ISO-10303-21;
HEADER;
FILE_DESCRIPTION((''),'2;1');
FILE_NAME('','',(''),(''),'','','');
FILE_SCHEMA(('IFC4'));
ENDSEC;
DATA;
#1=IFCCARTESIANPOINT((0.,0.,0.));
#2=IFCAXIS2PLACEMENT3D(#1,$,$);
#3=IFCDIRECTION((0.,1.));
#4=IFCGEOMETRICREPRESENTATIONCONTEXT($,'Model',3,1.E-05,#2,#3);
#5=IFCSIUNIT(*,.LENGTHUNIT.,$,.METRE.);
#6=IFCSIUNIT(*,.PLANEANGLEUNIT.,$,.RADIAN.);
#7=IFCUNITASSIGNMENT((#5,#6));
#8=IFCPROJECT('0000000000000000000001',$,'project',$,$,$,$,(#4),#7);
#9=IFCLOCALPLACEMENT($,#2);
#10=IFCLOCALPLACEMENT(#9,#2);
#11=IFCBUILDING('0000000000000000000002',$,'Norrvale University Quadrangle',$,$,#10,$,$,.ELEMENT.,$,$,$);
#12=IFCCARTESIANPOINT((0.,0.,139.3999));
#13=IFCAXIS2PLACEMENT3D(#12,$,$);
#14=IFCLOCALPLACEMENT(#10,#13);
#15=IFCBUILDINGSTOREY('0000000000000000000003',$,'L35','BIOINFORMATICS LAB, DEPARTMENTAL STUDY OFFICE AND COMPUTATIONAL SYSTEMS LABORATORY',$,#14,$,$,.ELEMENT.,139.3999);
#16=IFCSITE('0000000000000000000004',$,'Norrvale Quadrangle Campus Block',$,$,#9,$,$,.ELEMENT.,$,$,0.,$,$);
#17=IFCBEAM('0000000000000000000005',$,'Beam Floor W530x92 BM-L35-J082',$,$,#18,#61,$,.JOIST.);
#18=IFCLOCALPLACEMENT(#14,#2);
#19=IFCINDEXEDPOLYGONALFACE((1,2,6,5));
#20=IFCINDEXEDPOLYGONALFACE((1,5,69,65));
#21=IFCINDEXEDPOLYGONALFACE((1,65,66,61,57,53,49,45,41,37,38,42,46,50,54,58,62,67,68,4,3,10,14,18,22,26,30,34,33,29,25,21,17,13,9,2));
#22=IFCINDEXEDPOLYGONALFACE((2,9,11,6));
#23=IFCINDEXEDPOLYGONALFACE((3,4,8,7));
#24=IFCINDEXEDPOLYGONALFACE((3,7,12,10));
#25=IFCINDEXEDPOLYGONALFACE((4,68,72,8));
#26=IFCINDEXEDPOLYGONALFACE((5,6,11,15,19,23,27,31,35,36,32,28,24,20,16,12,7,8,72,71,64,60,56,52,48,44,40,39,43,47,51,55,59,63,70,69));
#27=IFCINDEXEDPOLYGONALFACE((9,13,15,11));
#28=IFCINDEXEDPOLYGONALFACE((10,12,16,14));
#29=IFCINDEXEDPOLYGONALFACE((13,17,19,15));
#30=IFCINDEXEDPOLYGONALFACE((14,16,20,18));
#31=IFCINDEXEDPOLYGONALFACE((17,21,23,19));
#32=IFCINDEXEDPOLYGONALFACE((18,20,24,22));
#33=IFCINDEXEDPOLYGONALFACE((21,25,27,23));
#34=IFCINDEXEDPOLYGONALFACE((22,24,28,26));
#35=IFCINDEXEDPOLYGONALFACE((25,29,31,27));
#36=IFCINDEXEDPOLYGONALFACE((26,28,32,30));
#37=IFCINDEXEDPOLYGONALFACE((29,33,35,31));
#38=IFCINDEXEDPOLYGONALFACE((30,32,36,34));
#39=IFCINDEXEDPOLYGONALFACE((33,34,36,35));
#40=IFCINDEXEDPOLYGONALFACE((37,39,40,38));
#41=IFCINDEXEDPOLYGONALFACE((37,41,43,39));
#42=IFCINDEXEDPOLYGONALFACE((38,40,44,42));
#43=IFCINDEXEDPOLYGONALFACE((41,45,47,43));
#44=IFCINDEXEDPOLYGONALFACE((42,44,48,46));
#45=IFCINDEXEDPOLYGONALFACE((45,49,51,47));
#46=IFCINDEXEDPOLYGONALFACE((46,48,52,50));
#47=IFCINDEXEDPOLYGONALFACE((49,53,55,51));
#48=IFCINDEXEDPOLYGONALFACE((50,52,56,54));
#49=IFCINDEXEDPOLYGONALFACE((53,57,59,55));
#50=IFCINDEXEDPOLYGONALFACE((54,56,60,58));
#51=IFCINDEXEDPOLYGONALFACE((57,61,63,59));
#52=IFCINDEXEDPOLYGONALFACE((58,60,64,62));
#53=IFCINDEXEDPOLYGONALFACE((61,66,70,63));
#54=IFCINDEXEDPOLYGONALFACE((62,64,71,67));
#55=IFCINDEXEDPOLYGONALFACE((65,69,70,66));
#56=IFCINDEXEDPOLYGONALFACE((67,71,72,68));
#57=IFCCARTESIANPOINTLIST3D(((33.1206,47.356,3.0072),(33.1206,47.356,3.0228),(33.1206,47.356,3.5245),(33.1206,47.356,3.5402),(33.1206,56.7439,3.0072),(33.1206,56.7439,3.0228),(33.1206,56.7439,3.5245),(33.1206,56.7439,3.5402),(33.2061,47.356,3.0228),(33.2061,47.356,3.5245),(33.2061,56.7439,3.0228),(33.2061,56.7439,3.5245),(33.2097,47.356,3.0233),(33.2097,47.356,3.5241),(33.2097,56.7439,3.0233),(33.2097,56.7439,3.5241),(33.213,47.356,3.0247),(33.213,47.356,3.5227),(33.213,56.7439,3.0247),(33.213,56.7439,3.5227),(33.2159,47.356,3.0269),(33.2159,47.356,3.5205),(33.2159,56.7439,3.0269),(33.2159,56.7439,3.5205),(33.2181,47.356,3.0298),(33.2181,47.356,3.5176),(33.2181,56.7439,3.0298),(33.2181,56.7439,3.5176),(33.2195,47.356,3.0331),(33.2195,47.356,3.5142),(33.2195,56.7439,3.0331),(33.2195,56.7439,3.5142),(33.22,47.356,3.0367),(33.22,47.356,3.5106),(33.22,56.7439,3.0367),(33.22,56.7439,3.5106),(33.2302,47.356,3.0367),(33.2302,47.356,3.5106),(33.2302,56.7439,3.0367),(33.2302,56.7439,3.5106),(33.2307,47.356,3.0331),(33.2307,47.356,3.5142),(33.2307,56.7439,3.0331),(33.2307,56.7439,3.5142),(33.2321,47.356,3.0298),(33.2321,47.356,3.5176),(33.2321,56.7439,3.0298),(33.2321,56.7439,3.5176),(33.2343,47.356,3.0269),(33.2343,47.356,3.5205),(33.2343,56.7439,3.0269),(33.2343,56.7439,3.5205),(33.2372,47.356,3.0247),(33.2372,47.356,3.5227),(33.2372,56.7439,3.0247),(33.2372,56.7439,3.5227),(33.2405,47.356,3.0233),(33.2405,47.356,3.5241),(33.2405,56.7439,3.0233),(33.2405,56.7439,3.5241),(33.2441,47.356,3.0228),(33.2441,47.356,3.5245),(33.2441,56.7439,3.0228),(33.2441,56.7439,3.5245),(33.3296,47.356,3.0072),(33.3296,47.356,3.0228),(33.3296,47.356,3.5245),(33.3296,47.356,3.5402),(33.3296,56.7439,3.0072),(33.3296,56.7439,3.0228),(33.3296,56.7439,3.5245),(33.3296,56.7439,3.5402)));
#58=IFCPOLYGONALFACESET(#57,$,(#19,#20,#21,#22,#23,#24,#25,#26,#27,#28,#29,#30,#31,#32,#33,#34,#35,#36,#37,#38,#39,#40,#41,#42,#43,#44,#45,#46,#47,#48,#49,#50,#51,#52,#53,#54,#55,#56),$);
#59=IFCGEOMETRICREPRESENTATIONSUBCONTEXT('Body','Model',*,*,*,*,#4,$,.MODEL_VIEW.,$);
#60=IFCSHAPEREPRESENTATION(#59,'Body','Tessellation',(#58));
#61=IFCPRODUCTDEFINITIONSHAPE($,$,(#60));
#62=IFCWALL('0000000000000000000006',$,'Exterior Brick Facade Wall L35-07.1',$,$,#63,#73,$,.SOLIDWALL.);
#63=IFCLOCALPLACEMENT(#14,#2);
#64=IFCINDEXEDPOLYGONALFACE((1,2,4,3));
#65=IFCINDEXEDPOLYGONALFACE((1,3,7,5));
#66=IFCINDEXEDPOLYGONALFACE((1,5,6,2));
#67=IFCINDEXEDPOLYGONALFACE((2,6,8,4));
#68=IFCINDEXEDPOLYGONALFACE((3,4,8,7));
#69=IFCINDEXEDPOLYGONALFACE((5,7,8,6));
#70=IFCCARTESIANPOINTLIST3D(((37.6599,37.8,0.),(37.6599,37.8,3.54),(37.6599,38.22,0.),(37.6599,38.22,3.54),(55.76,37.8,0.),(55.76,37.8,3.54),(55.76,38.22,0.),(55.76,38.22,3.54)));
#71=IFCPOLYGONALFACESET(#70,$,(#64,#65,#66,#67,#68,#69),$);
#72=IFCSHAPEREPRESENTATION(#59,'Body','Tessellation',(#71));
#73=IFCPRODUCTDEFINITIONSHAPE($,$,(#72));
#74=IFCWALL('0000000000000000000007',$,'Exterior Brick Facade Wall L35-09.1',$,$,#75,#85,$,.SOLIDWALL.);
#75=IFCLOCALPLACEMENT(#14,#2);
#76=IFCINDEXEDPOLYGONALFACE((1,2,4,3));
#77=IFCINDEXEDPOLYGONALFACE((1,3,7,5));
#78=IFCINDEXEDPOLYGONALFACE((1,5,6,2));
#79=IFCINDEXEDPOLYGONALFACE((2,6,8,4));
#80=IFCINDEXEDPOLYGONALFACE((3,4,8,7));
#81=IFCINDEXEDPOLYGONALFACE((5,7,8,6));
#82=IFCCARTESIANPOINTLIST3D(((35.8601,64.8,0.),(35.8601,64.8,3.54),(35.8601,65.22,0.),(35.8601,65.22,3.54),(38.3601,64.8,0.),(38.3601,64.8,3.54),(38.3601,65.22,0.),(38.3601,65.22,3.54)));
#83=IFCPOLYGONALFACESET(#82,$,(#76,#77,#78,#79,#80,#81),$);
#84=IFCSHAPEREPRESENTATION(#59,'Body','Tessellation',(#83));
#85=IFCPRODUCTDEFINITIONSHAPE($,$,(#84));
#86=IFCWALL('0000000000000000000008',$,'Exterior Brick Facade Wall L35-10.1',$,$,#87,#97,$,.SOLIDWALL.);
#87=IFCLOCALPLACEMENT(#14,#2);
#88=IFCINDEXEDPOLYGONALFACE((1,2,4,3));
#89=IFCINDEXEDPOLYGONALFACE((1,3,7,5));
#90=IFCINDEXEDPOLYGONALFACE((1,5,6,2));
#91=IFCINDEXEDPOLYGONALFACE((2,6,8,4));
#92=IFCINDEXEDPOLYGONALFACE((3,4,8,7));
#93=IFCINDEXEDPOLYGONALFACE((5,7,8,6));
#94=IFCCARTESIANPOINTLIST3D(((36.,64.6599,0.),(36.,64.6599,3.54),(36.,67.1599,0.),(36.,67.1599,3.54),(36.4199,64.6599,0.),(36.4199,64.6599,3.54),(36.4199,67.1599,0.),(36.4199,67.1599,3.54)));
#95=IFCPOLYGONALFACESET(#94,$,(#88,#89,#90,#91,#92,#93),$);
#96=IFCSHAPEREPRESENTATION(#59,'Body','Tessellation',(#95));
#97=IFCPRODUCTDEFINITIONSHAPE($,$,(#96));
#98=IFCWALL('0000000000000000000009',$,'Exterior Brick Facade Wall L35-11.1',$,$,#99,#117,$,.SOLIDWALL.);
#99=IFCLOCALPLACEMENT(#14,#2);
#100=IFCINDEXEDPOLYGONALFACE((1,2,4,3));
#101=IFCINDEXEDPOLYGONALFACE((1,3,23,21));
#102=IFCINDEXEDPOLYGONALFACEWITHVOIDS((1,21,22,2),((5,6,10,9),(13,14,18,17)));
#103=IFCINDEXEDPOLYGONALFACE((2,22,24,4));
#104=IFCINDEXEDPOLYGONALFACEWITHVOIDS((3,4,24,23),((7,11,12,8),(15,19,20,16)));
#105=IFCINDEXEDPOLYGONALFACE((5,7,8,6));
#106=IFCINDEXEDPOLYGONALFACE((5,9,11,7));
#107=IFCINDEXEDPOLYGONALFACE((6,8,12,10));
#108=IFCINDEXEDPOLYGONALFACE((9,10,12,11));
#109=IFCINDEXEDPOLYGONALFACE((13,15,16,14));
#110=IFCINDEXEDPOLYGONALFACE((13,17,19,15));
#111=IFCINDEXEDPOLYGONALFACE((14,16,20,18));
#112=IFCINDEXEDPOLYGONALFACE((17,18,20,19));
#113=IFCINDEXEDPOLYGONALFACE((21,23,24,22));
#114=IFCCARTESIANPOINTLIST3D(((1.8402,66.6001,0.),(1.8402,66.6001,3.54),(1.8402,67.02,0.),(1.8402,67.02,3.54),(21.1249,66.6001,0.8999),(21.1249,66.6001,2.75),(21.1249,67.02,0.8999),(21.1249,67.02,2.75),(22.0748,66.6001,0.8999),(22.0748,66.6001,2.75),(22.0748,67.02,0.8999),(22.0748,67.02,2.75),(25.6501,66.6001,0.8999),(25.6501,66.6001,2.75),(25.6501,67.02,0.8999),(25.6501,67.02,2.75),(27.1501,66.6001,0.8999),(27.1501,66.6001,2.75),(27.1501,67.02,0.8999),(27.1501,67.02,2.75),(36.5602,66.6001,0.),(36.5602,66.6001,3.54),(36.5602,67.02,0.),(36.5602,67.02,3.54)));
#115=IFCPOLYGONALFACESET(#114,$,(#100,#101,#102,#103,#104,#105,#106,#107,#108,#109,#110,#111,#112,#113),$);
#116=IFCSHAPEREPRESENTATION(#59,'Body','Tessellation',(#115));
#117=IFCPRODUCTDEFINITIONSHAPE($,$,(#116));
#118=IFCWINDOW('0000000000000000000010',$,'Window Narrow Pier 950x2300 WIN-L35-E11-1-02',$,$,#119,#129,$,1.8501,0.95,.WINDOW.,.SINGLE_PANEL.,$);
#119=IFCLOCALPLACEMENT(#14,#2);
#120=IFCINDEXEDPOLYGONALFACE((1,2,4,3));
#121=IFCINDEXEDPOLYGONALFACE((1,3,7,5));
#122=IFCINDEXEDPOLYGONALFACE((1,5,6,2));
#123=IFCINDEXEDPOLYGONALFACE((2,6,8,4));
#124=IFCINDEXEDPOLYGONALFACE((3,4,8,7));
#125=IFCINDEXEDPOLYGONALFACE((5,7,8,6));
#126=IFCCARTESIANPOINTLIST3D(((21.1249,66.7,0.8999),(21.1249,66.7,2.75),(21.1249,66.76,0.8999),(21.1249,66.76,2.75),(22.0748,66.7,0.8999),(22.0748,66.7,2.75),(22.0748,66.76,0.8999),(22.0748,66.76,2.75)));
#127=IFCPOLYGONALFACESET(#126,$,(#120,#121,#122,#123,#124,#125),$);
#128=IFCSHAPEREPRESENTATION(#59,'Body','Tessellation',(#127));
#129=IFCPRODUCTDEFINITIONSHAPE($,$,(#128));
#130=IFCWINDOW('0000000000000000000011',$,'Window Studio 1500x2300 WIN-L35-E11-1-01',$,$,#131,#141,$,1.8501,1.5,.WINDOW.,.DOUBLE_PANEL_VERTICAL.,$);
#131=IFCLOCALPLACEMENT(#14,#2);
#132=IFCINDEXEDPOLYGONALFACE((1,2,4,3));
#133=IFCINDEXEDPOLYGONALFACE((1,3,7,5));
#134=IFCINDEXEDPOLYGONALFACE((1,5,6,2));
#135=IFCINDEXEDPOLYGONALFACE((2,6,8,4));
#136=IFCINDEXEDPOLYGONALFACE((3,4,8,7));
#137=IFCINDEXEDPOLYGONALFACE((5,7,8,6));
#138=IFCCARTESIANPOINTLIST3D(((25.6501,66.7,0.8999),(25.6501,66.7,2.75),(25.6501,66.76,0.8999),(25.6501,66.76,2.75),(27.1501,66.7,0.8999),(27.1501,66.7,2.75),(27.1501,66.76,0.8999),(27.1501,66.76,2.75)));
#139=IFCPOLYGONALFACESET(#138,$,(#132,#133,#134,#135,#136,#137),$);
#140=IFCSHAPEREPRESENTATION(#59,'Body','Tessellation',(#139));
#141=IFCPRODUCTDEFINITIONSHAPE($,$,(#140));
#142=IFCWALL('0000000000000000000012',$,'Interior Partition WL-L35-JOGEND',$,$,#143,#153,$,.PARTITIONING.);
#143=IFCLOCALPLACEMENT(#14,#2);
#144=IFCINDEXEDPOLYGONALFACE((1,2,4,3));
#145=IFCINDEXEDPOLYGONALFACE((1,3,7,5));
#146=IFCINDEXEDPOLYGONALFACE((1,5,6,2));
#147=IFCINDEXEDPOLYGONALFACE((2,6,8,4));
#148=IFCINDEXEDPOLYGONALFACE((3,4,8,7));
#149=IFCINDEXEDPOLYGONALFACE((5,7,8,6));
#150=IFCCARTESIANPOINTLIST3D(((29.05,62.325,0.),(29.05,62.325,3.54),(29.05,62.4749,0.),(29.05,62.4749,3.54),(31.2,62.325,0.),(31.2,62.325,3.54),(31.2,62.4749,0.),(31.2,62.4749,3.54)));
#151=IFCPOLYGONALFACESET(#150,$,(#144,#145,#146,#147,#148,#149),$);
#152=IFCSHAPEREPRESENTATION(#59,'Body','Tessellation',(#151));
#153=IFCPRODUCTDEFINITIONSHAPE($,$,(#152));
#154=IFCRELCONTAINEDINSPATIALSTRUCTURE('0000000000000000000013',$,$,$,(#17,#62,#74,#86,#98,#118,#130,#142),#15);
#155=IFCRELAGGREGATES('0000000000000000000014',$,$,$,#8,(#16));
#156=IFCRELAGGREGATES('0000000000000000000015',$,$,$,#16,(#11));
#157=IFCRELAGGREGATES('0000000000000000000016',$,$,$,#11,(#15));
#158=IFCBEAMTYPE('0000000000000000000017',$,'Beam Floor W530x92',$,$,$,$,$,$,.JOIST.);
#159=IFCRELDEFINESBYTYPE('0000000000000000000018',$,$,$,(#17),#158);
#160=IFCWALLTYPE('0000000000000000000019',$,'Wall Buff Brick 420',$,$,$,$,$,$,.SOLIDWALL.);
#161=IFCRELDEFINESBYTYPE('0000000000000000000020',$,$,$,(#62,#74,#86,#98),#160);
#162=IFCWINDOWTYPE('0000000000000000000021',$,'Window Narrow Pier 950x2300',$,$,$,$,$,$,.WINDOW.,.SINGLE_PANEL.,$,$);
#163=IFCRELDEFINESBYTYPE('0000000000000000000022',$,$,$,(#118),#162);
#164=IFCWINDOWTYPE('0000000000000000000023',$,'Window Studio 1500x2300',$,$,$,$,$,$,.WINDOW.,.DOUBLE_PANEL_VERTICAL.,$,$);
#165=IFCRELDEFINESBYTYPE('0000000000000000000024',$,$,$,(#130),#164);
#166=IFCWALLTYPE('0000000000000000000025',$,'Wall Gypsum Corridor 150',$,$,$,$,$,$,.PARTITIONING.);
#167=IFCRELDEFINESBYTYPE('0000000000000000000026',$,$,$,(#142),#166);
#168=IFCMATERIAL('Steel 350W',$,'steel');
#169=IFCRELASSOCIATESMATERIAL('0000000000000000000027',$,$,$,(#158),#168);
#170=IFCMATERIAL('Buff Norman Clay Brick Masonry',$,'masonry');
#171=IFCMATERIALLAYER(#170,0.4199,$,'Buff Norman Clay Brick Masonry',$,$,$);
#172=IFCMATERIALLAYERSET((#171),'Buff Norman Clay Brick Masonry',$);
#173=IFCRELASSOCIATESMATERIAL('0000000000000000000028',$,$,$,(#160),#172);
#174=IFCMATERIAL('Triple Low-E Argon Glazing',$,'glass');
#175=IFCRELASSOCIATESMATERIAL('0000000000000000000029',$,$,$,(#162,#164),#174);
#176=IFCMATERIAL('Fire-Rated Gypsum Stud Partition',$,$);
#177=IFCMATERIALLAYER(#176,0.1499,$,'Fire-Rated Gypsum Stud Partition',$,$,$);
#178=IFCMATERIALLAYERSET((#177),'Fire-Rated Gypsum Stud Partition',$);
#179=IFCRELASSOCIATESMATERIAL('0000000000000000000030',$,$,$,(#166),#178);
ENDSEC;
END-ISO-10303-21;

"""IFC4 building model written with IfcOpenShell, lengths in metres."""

from ifc_helpers import new_model, si_unit, direction, frame, frame_2d, origin, origin_2d, place, context, subcontext, project, spatial, rectangle, i_section, extrude, material, layer, layer_set, material_profile, profile_set, type_object, element, fill, save


model = new_model("IFC4")

# Units and contexts
model_context = context("Model", 3, precision=1e-05, world=origin(), true_north=direction((0.0, 1.0)))
body_context = subcontext(model_context, "Body", "Model", "MODEL_VIEW")
ifc_project = project(units=[si_unit("LENGTHUNIT", "METRE"), si_unit("PLANEANGLEUNIT", "RADIAN")], contexts=[model_context])

# Site, building, storey
site_placement = place(None, origin())
site = spatial("IfcSite", under=ifc_project, at=site_placement, Name="Norrvale Quadrangle Campus Block", CompositionType="ELEMENT", RefElevation=0.0)
building_placement = place(site_placement, origin())
building = spatial("IfcBuilding", under=site, at=building_placement, Name="Norrvale University Quadrangle", CompositionType="ELEMENT")
storey_placement = place(building_placement, frame((0.0, 0.0, 139.3999)))
storey = spatial("IfcBuildingStorey", under=building, at=storey_placement, Name="L35", Description="BIOINFORMATICS LAB, DEPARTMENTAL STUDY OFFICE AND COMPUTATIONAL SYSTEMS LABORATORY", CompositionType="ELEMENT", Elevation=139.3999)

# Beam
ifc_material_1 = material(Name="Steel 350W", Category="steel")
ifc_material_profile_1 = material_profile(ifc_material_1, i_section(OverallWidth=0.209, OverallDepth=0.533, WebThickness=0.0103, FlangeThickness=0.0156, FilletRadius=0.0139, at=origin_2d()), Name="Steel 350W")
ifc_profile_set_1 = profile_set([ifc_material_profile_1], Name="Steel 350W")
beam_type_1 = type_object("IfcBeamType", Name="Beam Floor W530x92", PredefinedType="JOIST", material=ifc_profile_set_1)
for number, where, z_axis, x_axis, name in (
    (1, (33.2251, 47.356, 3.2737), (0.0, 1.0, 0.0), (-1.0, 0.0, 0.0), "Beam Floor W530x92 BM-L35-J082"),
):
    element("IfcBeam", number, at=place(storey_placement, frame(where, z_axis=z_axis, x_axis=x_axis)), inside=storey, type_object=beam_type_1, Name=name, PredefinedType="JOIST", context=body_context, shape_type="SweptSolid", body=[
        extrude(i_section(OverallWidth=0.209, OverallDepth=0.533, WebThickness=0.0103, FlangeThickness=0.0156, FilletRadius=0.0139, at=origin_2d()), origin(), (0.0, 0.0, 1.0), 9.3879),
    ])

# Walls
ifc_material_2 = material(Name="Buff Norman Clay Brick Masonry", Category="masonry")
ifc_layer_1 = layer(ifc_material_2, 0.4199, Name="Buff Norman Clay Brick Masonry")
ifc_layer_set_1 = layer_set([ifc_layer_1], Name="Buff Norman Clay Brick Masonry")
wall_type_1 = type_object("IfcWallType", Name="Wall Buff Brick 420", PredefinedType="SOLIDWALL", material=ifc_layer_set_1)
wall_1_placement = place(storey_placement, frame((55.76, 38.01, 0.0), z_axis=(0.0, 0.0, 1.0), x_axis=(-1.0, 0.0, 0.0)))
element("IfcWall", 2, at=wall_1_placement, inside=storey, type_object=wall_type_1, Name="Exterior Brick Facade Wall L35-07.1", PredefinedType="SOLIDWALL", context=body_context, shape_type="SweptSolid", body=[
    extrude(rectangle(XDim=18.1001, YDim=0.4199, at=frame_2d((9.05, 0.0))), origin(), (0.0, 0.0, 1.0), 3.54),
])
for number, where, z_axis, x_axis, name in (
    (3, (38.3601, 65.01, 0.0), (0.0, 0.0, 1.0), (-1.0, 0.0, 0.0), "Exterior Brick Facade Wall L35-09.1"),
    (4, (36.21, 64.6599, 0.0), (0.0, 0.0, 1.0), (0.0, 1.0, 0.0), "Exterior Brick Facade Wall L35-10.1"),
):
    element("IfcWall", number, at=place(storey_placement, frame(where, z_axis=z_axis, x_axis=x_axis)), inside=storey, type_object=wall_type_1, Name=name, PredefinedType="SOLIDWALL", context=body_context, shape_type="SweptSolid", body=[
        extrude(rectangle(XDim=2.5, YDim=0.4199, at=frame_2d((1.25, 0.0))), origin(), (0.0, 0.0, 1.0), 3.54),
    ])

# Wall, openings, windows
wall_2_placement = place(storey_placement, frame((36.5601, 66.8101, 0.0), z_axis=(0.0, 0.0, 1.0), x_axis=(-1.0, 0.0, 0.0)))
wall_2 = element("IfcWall", 5, at=wall_2_placement, inside=storey, type_object=wall_type_1, Name="Exterior Brick Facade Wall L35-11.1", PredefinedType="SOLIDWALL", context=body_context, shape_type="SweptSolid", body=[
    extrude(rectangle(XDim=34.72, YDim=0.4199, at=frame_2d((17.3599, 0.0))), origin(), (0.0, 0.0, 1.0), 3.54),
])
opening_1_placement = place(wall_2_placement, frame((9.4099, 0.0, 0.8999)))
opening_1 = element("IfcOpeningElement", 6, at=opening_1_placement, cuts=wall_2, PredefinedType="OPENING", context=body_context, shape_type="SweptSolid", body=[
    extrude(rectangle(XDim=1.5, YDim=1.8501, at=frame_2d((0.75, 0.925))), frame((0.0, 0.2219, 0.0), z_axis=(0.0, -1.0, 0.0), x_axis=(1.0, 0.0, 0.0)), (0.0, 0.0, 1.0), 0.4438),
])
opening_2_placement = place(wall_2_placement, frame((14.4851, 0.0, 0.8999)))
opening_2 = element("IfcOpeningElement", 7, at=opening_2_placement, cuts=wall_2, PredefinedType="OPENING", context=body_context, shape_type="SweptSolid", body=[
    extrude(rectangle(XDim=0.95, YDim=1.8501, at=frame_2d((0.4751, 0.925))), frame((0.0, 0.2219, 0.0), z_axis=(0.0, -1.0, 0.0), x_axis=(1.0, 0.0, 0.0)), (0.0, 0.0, 1.0), 0.4438),
])
ifc_material_3 = material(Name="Triple Low-E Argon Glazing", Category="glass")
window_type_1 = type_object("IfcWindowType", Name="Window Narrow Pier 950x2300", PartitioningType="SINGLE_PANEL", PredefinedType="WINDOW", material=ifc_material_3)
window_1_placement = place(opening_2_placement, origin())
window_1 = element("IfcWindow", 8, at=window_1_placement, inside=storey, type_object=window_type_1, Name="Window Narrow Pier 950x2300 WIN-L35-E11-1-02", OverallHeight=1.8501, OverallWidth=0.95, PartitioningType="SINGLE_PANEL", PredefinedType="WINDOW", context=body_context, shape_type="SweptSolid", body=[
    extrude(rectangle(XDim=0.95, YDim=1.8501, at=frame_2d((0.4751, 0.925))), frame((0.0, 0.1101, 0.0), z_axis=(0.0, -1.0, 0.0), x_axis=(1.0, 0.0, 0.0)), (0.0, 0.0, 1.0), 0.0601),
])
fill(opening_2, window_1)
window_type_2 = type_object("IfcWindowType", Name="Window Studio 1500x2300", PartitioningType="DOUBLE_PANEL_VERTICAL", PredefinedType="WINDOW", material=ifc_material_3)
window_2_placement = place(opening_1_placement, origin())
window_2 = element("IfcWindow", 9, at=window_2_placement, inside=storey, type_object=window_type_2, Name="Window Studio 1500x2300 WIN-L35-E11-1-01", OverallHeight=1.8501, OverallWidth=1.5, PartitioningType="DOUBLE_PANEL_VERTICAL", PredefinedType="WINDOW", context=body_context, shape_type="SweptSolid", body=[
    extrude(rectangle(XDim=1.5, YDim=1.8501, at=frame_2d((0.75, 0.925))), frame((0.0, 0.1101, 0.0), z_axis=(0.0, -1.0, 0.0), x_axis=(1.0, 0.0, 0.0)), (0.0, 0.0, 1.0), 0.0601),
])
fill(opening_1, window_2)

# Wall
ifc_material_4 = material(Name="Fire-Rated Gypsum Stud Partition")
ifc_layer_2 = layer(ifc_material_4, 0.1499, Name="Fire-Rated Gypsum Stud Partition")
ifc_layer_set_2 = layer_set([ifc_layer_2], Name="Fire-Rated Gypsum Stud Partition")
wall_type_2 = type_object("IfcWallType", Name="Wall Gypsum Corridor 150", PredefinedType="PARTITIONING", material=ifc_layer_set_2)
wall_3_placement = place(storey_placement, frame((29.05, 62.3999, 0.0), z_axis=(0.0, 0.0, 1.0), x_axis=(1.0, 0.0, 0.0)))
element("IfcWall", 10, at=wall_3_placement, inside=storey, type_object=wall_type_2, Name="Interior Partition WL-L35-JOGEND", PredefinedType="PARTITIONING", context=body_context, shape_type="SweptSolid", body=[
    extrude(rectangle(XDim=2.1499, YDim=0.1499, at=frame_2d((1.075, 0.0))), origin(), (0.0, 0.0, 1.0), 3.54),
])

save(model, "model.ifc")
